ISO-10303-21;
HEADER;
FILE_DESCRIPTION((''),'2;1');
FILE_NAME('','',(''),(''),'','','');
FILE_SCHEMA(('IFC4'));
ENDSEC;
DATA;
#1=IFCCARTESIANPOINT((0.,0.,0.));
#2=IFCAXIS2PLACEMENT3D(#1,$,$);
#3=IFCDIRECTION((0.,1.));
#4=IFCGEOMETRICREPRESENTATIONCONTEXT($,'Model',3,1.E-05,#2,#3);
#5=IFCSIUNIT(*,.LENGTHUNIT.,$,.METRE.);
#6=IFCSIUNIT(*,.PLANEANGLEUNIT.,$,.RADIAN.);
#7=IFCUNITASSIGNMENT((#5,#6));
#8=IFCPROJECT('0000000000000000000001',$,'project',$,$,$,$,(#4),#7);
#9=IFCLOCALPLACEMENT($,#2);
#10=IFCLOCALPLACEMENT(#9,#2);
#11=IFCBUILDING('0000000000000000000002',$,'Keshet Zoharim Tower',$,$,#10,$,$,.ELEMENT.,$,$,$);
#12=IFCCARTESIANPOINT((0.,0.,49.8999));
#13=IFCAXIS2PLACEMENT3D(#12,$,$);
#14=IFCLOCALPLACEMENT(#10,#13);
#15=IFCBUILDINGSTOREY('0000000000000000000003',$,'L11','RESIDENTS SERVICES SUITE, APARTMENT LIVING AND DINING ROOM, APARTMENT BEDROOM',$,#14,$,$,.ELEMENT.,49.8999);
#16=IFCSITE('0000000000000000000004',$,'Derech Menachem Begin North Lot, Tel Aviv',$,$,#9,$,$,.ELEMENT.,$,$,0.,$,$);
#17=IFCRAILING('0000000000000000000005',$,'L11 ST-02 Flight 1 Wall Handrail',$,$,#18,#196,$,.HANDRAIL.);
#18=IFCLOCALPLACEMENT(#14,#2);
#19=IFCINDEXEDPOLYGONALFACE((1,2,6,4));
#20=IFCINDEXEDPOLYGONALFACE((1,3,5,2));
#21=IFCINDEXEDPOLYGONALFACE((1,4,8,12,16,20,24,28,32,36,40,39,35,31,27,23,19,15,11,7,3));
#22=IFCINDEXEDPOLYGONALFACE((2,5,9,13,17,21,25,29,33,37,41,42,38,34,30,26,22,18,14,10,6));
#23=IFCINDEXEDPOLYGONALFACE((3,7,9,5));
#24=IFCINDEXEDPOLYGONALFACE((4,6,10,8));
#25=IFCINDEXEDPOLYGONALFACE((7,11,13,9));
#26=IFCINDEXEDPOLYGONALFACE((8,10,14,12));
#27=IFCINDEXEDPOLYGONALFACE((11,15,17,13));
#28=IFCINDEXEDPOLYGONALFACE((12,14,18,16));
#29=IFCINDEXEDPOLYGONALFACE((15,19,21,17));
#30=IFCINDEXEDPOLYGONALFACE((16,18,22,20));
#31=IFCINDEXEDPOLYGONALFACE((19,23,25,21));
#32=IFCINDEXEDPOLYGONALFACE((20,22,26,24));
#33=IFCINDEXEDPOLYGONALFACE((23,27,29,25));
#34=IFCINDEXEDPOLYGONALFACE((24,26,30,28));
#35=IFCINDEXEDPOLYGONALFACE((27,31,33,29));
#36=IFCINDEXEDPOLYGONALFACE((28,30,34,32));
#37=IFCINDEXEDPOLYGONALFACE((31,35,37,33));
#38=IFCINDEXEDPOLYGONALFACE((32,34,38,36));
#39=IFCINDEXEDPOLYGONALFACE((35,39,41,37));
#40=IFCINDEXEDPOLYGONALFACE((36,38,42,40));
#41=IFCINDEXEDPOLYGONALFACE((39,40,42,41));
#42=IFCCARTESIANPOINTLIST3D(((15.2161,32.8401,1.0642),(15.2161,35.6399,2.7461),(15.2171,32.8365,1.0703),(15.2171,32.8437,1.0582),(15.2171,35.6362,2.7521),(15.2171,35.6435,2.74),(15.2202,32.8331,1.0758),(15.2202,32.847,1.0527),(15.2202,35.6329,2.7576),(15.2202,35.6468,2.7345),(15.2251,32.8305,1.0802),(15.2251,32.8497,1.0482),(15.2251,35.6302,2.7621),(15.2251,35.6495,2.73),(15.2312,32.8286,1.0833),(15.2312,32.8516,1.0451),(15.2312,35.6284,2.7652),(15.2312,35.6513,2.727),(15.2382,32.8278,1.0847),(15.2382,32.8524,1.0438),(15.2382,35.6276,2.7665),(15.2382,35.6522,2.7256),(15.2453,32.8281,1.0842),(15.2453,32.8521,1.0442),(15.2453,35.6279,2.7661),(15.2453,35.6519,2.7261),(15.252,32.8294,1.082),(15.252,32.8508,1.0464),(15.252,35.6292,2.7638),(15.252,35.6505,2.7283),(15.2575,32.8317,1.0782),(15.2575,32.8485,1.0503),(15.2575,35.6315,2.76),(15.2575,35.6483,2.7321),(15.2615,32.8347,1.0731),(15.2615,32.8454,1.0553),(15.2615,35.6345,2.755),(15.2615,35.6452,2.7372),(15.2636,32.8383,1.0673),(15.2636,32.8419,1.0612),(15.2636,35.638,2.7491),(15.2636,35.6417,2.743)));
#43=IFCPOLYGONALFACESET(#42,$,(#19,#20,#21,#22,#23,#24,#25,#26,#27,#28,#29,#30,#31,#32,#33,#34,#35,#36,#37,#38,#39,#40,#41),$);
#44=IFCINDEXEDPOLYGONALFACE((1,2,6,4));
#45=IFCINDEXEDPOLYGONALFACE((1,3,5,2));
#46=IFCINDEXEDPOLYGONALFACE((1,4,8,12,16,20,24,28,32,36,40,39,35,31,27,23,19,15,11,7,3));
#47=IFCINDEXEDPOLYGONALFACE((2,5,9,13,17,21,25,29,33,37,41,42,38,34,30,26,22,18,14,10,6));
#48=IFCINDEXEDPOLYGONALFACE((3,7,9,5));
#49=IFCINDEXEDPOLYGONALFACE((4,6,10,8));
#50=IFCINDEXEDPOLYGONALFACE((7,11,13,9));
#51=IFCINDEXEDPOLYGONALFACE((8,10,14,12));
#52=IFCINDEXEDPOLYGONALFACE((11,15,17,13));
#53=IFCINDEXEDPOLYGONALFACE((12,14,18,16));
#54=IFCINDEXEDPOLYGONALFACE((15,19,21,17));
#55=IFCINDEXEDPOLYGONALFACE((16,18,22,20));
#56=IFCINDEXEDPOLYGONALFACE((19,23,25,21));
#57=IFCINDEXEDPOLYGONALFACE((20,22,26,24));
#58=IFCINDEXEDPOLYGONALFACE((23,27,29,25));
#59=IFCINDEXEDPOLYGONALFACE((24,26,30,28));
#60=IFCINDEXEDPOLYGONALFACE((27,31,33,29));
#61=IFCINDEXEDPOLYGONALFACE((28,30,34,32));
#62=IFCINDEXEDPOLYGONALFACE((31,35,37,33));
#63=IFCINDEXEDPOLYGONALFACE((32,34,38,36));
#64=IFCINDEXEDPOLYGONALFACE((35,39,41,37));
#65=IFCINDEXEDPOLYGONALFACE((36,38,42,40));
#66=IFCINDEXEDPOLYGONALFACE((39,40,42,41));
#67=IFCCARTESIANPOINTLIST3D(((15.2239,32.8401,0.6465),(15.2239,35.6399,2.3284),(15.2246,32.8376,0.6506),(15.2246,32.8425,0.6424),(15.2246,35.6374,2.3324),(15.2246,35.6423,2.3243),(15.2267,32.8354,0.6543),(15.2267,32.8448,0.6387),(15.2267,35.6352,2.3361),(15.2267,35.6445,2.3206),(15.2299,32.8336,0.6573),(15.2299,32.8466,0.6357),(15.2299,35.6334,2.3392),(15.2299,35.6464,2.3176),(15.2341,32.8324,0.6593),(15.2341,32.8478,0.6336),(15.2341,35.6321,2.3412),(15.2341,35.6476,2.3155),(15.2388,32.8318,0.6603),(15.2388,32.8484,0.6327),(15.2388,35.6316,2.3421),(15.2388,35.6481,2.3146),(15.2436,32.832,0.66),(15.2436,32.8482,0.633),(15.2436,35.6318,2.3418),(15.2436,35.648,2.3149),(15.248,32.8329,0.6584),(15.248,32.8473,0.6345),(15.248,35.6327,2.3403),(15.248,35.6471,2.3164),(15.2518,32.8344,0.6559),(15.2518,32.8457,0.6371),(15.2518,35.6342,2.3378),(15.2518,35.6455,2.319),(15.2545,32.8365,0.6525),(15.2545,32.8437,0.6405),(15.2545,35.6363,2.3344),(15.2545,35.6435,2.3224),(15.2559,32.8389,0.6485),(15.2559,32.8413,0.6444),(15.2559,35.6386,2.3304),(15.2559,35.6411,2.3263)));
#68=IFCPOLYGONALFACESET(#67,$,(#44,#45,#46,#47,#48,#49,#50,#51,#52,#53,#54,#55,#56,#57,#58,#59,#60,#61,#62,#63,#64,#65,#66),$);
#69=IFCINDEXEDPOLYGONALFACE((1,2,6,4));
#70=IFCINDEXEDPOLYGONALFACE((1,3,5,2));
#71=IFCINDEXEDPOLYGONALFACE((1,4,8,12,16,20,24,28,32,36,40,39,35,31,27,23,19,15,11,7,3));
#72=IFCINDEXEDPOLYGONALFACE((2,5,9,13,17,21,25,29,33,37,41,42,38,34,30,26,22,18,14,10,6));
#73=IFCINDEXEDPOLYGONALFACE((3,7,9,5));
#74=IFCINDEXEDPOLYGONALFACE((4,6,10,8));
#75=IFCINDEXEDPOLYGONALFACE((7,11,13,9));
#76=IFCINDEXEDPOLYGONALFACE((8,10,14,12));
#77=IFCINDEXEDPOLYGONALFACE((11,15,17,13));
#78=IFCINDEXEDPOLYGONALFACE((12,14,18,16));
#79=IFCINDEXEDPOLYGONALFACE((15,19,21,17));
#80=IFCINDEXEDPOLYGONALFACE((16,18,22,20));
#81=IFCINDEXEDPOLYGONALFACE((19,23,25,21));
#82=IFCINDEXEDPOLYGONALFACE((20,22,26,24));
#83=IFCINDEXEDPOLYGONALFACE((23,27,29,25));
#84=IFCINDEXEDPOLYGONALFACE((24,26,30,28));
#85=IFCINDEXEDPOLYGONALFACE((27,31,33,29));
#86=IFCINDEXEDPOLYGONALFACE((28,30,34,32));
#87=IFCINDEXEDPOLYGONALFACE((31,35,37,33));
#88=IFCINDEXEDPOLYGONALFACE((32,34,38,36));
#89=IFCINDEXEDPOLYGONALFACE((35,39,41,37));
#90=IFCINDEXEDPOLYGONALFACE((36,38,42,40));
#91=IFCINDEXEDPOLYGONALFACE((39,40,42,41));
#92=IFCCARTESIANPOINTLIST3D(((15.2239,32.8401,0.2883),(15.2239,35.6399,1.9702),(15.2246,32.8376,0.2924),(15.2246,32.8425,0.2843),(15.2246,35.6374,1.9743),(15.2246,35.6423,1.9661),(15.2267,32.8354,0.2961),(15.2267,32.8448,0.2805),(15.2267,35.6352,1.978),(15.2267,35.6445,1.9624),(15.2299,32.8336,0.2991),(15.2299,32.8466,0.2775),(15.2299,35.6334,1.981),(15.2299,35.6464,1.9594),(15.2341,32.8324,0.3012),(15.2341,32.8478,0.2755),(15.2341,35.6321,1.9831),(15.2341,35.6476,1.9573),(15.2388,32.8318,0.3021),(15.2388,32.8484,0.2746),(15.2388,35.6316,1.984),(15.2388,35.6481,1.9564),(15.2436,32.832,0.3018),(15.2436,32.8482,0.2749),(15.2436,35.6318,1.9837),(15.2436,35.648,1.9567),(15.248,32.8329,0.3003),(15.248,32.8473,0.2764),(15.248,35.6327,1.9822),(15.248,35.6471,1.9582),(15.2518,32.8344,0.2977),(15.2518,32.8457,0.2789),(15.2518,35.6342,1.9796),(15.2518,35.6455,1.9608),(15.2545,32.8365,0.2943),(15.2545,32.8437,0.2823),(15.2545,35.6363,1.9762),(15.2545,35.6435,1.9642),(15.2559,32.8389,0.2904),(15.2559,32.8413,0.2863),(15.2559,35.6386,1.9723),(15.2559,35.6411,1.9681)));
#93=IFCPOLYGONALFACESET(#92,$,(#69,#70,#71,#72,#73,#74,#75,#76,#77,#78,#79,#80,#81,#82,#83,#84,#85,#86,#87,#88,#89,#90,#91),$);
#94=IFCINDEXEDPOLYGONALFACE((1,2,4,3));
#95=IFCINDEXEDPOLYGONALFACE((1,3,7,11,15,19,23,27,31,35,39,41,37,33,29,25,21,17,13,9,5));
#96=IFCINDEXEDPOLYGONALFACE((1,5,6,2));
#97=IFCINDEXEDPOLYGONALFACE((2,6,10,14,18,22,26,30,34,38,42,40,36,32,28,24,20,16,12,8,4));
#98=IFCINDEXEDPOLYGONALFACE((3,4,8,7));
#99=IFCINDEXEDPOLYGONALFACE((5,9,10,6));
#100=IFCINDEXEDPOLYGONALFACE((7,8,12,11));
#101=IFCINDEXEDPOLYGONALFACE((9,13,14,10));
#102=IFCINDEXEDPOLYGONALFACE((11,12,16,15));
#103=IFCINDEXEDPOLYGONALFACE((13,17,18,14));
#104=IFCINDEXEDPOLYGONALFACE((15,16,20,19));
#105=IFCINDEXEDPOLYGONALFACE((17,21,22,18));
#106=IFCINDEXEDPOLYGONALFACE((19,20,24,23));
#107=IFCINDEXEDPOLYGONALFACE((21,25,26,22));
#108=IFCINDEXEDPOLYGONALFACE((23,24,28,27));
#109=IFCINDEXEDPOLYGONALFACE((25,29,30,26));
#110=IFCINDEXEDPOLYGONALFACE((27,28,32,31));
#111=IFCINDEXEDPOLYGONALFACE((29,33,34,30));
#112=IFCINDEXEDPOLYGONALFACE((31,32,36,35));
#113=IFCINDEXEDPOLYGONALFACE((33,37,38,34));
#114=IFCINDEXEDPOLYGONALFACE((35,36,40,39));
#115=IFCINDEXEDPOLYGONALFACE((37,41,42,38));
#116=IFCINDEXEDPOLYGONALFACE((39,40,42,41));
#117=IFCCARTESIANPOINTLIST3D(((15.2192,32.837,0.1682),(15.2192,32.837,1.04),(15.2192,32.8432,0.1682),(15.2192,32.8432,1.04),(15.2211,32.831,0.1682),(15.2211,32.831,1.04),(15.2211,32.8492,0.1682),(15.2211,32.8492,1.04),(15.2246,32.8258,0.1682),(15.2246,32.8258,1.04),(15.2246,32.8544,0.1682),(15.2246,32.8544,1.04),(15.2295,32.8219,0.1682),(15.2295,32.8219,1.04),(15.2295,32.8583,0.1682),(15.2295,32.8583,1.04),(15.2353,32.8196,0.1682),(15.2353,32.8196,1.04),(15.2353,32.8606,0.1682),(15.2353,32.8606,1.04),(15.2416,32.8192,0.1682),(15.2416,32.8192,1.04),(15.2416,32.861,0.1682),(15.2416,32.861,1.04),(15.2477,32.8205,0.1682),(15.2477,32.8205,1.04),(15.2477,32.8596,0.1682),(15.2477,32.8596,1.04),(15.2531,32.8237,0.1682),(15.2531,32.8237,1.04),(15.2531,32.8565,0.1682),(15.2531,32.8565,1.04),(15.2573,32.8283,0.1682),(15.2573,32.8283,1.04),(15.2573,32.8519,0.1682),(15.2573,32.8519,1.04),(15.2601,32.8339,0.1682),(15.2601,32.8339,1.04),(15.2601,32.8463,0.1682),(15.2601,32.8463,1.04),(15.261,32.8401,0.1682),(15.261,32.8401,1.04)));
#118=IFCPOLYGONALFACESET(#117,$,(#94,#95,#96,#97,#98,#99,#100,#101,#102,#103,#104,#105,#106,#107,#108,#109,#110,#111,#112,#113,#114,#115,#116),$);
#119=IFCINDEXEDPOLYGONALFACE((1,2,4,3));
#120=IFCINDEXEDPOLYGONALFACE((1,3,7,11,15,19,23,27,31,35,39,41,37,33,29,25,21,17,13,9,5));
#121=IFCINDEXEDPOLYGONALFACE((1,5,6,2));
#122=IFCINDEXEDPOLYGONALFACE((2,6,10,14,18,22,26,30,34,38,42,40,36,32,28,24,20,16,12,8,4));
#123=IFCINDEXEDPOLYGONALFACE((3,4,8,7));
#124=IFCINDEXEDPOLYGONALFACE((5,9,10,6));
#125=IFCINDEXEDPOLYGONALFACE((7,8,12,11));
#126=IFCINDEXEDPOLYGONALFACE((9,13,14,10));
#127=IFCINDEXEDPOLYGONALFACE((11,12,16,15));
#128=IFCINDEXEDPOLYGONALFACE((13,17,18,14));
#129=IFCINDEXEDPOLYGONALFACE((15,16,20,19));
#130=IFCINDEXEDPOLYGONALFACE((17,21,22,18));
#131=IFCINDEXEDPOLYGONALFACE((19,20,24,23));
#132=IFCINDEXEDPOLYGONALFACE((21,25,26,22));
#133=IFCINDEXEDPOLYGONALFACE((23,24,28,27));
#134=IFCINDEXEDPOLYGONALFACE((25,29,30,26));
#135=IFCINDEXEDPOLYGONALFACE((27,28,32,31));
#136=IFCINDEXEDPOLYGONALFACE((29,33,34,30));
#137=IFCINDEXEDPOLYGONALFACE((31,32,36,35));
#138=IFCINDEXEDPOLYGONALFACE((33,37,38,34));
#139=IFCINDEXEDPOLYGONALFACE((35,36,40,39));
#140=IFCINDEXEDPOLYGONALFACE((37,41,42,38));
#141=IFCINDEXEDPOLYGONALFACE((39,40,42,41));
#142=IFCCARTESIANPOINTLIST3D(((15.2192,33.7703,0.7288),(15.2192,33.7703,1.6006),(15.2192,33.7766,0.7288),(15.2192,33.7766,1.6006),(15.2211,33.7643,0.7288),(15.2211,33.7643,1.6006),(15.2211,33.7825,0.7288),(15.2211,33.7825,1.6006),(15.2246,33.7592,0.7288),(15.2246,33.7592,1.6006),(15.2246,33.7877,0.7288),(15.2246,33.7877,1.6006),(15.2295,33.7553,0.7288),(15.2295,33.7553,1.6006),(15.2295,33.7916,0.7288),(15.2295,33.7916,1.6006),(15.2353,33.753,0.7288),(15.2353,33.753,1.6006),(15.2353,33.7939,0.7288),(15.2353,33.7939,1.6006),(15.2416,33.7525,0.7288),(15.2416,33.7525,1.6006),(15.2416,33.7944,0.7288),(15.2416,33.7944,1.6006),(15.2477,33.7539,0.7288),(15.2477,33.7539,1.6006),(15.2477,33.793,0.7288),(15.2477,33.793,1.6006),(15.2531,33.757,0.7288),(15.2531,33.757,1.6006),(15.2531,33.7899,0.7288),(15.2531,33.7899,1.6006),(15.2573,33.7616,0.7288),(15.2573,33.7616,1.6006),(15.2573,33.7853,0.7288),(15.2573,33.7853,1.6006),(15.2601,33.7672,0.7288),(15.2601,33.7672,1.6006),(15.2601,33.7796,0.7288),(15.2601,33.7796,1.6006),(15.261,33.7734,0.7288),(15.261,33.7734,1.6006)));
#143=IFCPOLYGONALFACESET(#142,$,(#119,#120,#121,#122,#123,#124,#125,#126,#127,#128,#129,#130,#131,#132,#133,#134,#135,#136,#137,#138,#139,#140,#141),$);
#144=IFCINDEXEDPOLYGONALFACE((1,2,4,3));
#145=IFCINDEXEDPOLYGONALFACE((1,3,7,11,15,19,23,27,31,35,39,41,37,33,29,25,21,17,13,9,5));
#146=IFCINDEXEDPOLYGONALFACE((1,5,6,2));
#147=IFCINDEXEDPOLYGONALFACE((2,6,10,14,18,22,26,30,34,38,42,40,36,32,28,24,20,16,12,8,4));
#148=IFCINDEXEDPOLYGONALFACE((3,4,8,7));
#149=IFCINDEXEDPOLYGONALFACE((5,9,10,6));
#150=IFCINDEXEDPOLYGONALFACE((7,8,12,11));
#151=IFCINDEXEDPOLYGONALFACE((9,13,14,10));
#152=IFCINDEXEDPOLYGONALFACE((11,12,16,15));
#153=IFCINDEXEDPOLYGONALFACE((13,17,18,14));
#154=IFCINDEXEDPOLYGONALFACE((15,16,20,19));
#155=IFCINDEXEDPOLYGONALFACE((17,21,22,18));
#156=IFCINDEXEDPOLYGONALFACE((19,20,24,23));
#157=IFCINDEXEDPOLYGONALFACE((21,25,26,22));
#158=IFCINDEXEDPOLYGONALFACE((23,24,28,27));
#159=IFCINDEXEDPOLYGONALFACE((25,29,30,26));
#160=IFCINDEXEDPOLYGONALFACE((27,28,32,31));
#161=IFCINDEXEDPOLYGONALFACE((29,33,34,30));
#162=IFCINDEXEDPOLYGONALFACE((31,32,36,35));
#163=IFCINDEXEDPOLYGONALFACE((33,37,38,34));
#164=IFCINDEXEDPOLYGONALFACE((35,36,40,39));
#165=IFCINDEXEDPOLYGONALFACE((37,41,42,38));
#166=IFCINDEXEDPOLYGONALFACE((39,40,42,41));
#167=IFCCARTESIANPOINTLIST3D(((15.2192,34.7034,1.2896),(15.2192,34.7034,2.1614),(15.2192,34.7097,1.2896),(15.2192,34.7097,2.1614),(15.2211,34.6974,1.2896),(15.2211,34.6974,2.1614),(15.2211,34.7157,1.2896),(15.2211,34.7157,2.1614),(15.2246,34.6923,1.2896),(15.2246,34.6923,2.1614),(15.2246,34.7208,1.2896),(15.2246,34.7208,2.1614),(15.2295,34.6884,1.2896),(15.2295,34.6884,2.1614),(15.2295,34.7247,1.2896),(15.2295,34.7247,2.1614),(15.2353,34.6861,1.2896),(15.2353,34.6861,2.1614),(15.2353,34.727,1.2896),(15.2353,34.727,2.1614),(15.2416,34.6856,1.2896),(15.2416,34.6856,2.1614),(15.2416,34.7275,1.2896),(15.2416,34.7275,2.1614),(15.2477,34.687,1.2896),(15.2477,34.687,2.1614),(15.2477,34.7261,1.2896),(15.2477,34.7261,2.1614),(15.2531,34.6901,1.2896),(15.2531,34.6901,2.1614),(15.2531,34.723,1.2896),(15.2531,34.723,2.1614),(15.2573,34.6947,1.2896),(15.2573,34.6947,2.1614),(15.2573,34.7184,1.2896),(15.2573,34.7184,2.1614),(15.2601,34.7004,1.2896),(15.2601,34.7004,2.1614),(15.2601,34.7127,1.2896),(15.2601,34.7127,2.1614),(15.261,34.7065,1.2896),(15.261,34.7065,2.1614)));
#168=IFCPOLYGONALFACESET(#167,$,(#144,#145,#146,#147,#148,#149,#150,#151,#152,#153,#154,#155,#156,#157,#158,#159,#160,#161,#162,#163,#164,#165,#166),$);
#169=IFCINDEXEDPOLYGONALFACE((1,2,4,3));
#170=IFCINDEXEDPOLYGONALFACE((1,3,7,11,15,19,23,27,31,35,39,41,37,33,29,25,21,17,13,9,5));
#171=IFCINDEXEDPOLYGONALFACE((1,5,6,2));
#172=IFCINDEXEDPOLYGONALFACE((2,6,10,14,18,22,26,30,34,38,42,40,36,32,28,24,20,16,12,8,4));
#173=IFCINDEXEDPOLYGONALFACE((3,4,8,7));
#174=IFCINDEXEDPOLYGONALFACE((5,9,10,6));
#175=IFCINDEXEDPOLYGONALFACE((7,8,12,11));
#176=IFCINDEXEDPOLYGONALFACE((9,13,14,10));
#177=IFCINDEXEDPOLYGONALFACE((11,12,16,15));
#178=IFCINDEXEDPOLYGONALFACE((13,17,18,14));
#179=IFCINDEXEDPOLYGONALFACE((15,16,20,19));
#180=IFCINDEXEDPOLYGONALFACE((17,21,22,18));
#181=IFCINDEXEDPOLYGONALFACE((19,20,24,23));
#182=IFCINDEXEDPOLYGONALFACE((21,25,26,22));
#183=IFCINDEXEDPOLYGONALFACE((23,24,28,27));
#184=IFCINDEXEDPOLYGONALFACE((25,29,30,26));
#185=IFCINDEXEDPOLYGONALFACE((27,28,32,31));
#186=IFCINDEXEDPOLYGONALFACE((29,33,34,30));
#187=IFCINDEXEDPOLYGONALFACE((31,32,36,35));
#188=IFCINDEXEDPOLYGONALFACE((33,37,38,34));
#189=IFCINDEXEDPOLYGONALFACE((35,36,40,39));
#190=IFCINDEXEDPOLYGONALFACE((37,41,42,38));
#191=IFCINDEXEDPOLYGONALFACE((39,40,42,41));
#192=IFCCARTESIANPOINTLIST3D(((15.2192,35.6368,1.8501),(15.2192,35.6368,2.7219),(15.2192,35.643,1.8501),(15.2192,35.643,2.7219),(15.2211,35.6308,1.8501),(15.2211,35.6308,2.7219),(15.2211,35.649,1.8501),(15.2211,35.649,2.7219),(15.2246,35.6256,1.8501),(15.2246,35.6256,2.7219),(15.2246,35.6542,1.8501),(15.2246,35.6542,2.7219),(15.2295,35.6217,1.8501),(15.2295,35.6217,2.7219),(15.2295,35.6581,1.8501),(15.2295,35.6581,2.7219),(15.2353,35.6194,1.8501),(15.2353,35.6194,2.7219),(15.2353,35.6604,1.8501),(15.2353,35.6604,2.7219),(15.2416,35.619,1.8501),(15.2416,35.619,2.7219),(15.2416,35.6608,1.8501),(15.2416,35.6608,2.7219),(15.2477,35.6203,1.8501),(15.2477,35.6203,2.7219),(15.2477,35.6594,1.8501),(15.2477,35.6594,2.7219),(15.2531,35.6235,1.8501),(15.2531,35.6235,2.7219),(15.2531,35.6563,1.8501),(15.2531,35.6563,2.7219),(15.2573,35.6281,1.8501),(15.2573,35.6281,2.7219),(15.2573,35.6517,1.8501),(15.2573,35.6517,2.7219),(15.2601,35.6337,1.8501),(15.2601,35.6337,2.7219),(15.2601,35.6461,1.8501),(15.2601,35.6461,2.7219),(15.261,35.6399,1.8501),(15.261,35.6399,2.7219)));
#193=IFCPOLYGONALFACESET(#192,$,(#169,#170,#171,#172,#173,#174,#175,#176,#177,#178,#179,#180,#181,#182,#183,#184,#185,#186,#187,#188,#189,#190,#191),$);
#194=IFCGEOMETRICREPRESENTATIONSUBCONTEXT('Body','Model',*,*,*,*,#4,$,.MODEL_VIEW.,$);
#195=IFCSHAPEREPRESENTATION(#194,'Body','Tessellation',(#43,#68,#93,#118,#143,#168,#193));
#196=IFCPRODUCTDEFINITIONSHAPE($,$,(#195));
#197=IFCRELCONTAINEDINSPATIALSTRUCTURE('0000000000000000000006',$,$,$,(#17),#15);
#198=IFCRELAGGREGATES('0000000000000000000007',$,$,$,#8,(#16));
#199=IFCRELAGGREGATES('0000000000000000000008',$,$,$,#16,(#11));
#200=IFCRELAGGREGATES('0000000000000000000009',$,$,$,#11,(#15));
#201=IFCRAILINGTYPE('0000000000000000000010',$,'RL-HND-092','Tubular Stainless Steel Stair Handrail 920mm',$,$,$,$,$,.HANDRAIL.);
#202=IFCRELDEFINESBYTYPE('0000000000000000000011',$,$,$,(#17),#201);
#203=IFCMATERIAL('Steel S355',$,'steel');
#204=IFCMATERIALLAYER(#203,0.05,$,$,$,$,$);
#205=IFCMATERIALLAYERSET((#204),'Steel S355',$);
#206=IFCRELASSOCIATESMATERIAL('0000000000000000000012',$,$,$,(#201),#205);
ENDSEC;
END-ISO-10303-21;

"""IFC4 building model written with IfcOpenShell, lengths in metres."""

from ifc_helpers import new_model, si_unit, direction, frame, origin, origin_2d, place, context, subcontext, project, spatial, circle, extrude, material, layer, layer_set, type_object, element, save


model = new_model("IFC4")

# Units and contexts
model_context = context("Model", 3, precision=1e-05, world=origin(), true_north=direction((0.0, 1.0)))
body_context = subcontext(model_context, "Body", "Model", "MODEL_VIEW")
ifc_project = project(units=[si_unit("LENGTHUNIT", "METRE"), si_unit("PLANEANGLEUNIT", "RADIAN")], contexts=[model_context])

# Site, building, storey
site_placement = place(None, origin())
site = spatial("IfcSite", under=ifc_project, at=site_placement, Name="Derech Menachem Begin North Lot, Tel Aviv", CompositionType="ELEMENT", RefElevation=0.0)
building_placement = place(site_placement, origin())
building = spatial("IfcBuilding", under=site, at=building_placement, Name="Keshet Zoharim Tower", CompositionType="ELEMENT")
storey_placement = place(building_placement, frame((0.0, 0.0, 49.8999)))
storey = spatial("IfcBuildingStorey", under=building, at=storey_placement, Name="L11", Description="RESIDENTS SERVICES SUITE, APARTMENT LIVING AND DINING ROOM, APARTMENT BEDROOM", CompositionType="ELEMENT", Elevation=49.8999)

# Railing
ifc_material_1 = material(Name="Steel S355", Category="steel")
ifc_layer_1 = layer(ifc_material_1, 0.05)
ifc_layer_set_1 = layer_set([ifc_layer_1], Name="Steel S355")
railing_type_1 = type_object("IfcRailingType", Name="RL-HND-092", Description="Tubular Stainless Steel Stair Handrail 920mm", PredefinedType="HANDRAIL", material=ifc_layer_set_1)
railing_1_placement = place(storey_placement, frame((15.24, 32.8401, 0.1682)))
element("IfcRailing", 1, at=railing_1_placement, inside=storey, type_object=railing_type_1, Name="L11 ST-02 Flight 1 Wall Handrail", PredefinedType="HANDRAIL", context=body_context, shape_type="SweptSolid", body=[
    extrude(circle(Radius=0.0239, at=origin_2d()), frame((0.0, 0.0, 0.896), z_axis=(0.0, 0.857222, 0.514946), x_axis=(-1.0, 0.0, 0.0)), (0.0, 0.0, 1.0), 3.2661),
    extrude(circle(Radius=0.0161, at=origin_2d()), frame((0.0, 0.0, 0.4783), z_axis=(0.0, 0.857222, 0.514946), x_axis=(-1.0, 0.0, 0.0)), (0.0, 0.0, 1.0), 3.2661),
    extrude(circle(Radius=0.0161, at=origin_2d()), frame((0.0, 0.0, 0.1201), z_axis=(0.0, 0.857222, 0.514946), x_axis=(-1.0, 0.0, 0.0)), (0.0, 0.0, 1.0), 3.2661),
    extrude(circle(Radius=0.021, at=origin_2d()), origin(), (0.0, 0.0, 1.0), 0.8718),
    extrude(circle(Radius=0.021, at=origin_2d()), frame((0.0, 0.9333, 0.5605)), (0.0, 0.0, 1.0), 0.8718),
    extrude(circle(Radius=0.021, at=origin_2d()), frame((0.0, 1.8665, 1.1213)), (0.0, 0.0, 1.0), 0.8718),
    extrude(circle(Radius=0.021, at=origin_2d()), frame((0.0, 2.7998, 1.6819)), (0.0, 0.0, 1.0), 0.8718),
])

save(model, "model.ifc")
